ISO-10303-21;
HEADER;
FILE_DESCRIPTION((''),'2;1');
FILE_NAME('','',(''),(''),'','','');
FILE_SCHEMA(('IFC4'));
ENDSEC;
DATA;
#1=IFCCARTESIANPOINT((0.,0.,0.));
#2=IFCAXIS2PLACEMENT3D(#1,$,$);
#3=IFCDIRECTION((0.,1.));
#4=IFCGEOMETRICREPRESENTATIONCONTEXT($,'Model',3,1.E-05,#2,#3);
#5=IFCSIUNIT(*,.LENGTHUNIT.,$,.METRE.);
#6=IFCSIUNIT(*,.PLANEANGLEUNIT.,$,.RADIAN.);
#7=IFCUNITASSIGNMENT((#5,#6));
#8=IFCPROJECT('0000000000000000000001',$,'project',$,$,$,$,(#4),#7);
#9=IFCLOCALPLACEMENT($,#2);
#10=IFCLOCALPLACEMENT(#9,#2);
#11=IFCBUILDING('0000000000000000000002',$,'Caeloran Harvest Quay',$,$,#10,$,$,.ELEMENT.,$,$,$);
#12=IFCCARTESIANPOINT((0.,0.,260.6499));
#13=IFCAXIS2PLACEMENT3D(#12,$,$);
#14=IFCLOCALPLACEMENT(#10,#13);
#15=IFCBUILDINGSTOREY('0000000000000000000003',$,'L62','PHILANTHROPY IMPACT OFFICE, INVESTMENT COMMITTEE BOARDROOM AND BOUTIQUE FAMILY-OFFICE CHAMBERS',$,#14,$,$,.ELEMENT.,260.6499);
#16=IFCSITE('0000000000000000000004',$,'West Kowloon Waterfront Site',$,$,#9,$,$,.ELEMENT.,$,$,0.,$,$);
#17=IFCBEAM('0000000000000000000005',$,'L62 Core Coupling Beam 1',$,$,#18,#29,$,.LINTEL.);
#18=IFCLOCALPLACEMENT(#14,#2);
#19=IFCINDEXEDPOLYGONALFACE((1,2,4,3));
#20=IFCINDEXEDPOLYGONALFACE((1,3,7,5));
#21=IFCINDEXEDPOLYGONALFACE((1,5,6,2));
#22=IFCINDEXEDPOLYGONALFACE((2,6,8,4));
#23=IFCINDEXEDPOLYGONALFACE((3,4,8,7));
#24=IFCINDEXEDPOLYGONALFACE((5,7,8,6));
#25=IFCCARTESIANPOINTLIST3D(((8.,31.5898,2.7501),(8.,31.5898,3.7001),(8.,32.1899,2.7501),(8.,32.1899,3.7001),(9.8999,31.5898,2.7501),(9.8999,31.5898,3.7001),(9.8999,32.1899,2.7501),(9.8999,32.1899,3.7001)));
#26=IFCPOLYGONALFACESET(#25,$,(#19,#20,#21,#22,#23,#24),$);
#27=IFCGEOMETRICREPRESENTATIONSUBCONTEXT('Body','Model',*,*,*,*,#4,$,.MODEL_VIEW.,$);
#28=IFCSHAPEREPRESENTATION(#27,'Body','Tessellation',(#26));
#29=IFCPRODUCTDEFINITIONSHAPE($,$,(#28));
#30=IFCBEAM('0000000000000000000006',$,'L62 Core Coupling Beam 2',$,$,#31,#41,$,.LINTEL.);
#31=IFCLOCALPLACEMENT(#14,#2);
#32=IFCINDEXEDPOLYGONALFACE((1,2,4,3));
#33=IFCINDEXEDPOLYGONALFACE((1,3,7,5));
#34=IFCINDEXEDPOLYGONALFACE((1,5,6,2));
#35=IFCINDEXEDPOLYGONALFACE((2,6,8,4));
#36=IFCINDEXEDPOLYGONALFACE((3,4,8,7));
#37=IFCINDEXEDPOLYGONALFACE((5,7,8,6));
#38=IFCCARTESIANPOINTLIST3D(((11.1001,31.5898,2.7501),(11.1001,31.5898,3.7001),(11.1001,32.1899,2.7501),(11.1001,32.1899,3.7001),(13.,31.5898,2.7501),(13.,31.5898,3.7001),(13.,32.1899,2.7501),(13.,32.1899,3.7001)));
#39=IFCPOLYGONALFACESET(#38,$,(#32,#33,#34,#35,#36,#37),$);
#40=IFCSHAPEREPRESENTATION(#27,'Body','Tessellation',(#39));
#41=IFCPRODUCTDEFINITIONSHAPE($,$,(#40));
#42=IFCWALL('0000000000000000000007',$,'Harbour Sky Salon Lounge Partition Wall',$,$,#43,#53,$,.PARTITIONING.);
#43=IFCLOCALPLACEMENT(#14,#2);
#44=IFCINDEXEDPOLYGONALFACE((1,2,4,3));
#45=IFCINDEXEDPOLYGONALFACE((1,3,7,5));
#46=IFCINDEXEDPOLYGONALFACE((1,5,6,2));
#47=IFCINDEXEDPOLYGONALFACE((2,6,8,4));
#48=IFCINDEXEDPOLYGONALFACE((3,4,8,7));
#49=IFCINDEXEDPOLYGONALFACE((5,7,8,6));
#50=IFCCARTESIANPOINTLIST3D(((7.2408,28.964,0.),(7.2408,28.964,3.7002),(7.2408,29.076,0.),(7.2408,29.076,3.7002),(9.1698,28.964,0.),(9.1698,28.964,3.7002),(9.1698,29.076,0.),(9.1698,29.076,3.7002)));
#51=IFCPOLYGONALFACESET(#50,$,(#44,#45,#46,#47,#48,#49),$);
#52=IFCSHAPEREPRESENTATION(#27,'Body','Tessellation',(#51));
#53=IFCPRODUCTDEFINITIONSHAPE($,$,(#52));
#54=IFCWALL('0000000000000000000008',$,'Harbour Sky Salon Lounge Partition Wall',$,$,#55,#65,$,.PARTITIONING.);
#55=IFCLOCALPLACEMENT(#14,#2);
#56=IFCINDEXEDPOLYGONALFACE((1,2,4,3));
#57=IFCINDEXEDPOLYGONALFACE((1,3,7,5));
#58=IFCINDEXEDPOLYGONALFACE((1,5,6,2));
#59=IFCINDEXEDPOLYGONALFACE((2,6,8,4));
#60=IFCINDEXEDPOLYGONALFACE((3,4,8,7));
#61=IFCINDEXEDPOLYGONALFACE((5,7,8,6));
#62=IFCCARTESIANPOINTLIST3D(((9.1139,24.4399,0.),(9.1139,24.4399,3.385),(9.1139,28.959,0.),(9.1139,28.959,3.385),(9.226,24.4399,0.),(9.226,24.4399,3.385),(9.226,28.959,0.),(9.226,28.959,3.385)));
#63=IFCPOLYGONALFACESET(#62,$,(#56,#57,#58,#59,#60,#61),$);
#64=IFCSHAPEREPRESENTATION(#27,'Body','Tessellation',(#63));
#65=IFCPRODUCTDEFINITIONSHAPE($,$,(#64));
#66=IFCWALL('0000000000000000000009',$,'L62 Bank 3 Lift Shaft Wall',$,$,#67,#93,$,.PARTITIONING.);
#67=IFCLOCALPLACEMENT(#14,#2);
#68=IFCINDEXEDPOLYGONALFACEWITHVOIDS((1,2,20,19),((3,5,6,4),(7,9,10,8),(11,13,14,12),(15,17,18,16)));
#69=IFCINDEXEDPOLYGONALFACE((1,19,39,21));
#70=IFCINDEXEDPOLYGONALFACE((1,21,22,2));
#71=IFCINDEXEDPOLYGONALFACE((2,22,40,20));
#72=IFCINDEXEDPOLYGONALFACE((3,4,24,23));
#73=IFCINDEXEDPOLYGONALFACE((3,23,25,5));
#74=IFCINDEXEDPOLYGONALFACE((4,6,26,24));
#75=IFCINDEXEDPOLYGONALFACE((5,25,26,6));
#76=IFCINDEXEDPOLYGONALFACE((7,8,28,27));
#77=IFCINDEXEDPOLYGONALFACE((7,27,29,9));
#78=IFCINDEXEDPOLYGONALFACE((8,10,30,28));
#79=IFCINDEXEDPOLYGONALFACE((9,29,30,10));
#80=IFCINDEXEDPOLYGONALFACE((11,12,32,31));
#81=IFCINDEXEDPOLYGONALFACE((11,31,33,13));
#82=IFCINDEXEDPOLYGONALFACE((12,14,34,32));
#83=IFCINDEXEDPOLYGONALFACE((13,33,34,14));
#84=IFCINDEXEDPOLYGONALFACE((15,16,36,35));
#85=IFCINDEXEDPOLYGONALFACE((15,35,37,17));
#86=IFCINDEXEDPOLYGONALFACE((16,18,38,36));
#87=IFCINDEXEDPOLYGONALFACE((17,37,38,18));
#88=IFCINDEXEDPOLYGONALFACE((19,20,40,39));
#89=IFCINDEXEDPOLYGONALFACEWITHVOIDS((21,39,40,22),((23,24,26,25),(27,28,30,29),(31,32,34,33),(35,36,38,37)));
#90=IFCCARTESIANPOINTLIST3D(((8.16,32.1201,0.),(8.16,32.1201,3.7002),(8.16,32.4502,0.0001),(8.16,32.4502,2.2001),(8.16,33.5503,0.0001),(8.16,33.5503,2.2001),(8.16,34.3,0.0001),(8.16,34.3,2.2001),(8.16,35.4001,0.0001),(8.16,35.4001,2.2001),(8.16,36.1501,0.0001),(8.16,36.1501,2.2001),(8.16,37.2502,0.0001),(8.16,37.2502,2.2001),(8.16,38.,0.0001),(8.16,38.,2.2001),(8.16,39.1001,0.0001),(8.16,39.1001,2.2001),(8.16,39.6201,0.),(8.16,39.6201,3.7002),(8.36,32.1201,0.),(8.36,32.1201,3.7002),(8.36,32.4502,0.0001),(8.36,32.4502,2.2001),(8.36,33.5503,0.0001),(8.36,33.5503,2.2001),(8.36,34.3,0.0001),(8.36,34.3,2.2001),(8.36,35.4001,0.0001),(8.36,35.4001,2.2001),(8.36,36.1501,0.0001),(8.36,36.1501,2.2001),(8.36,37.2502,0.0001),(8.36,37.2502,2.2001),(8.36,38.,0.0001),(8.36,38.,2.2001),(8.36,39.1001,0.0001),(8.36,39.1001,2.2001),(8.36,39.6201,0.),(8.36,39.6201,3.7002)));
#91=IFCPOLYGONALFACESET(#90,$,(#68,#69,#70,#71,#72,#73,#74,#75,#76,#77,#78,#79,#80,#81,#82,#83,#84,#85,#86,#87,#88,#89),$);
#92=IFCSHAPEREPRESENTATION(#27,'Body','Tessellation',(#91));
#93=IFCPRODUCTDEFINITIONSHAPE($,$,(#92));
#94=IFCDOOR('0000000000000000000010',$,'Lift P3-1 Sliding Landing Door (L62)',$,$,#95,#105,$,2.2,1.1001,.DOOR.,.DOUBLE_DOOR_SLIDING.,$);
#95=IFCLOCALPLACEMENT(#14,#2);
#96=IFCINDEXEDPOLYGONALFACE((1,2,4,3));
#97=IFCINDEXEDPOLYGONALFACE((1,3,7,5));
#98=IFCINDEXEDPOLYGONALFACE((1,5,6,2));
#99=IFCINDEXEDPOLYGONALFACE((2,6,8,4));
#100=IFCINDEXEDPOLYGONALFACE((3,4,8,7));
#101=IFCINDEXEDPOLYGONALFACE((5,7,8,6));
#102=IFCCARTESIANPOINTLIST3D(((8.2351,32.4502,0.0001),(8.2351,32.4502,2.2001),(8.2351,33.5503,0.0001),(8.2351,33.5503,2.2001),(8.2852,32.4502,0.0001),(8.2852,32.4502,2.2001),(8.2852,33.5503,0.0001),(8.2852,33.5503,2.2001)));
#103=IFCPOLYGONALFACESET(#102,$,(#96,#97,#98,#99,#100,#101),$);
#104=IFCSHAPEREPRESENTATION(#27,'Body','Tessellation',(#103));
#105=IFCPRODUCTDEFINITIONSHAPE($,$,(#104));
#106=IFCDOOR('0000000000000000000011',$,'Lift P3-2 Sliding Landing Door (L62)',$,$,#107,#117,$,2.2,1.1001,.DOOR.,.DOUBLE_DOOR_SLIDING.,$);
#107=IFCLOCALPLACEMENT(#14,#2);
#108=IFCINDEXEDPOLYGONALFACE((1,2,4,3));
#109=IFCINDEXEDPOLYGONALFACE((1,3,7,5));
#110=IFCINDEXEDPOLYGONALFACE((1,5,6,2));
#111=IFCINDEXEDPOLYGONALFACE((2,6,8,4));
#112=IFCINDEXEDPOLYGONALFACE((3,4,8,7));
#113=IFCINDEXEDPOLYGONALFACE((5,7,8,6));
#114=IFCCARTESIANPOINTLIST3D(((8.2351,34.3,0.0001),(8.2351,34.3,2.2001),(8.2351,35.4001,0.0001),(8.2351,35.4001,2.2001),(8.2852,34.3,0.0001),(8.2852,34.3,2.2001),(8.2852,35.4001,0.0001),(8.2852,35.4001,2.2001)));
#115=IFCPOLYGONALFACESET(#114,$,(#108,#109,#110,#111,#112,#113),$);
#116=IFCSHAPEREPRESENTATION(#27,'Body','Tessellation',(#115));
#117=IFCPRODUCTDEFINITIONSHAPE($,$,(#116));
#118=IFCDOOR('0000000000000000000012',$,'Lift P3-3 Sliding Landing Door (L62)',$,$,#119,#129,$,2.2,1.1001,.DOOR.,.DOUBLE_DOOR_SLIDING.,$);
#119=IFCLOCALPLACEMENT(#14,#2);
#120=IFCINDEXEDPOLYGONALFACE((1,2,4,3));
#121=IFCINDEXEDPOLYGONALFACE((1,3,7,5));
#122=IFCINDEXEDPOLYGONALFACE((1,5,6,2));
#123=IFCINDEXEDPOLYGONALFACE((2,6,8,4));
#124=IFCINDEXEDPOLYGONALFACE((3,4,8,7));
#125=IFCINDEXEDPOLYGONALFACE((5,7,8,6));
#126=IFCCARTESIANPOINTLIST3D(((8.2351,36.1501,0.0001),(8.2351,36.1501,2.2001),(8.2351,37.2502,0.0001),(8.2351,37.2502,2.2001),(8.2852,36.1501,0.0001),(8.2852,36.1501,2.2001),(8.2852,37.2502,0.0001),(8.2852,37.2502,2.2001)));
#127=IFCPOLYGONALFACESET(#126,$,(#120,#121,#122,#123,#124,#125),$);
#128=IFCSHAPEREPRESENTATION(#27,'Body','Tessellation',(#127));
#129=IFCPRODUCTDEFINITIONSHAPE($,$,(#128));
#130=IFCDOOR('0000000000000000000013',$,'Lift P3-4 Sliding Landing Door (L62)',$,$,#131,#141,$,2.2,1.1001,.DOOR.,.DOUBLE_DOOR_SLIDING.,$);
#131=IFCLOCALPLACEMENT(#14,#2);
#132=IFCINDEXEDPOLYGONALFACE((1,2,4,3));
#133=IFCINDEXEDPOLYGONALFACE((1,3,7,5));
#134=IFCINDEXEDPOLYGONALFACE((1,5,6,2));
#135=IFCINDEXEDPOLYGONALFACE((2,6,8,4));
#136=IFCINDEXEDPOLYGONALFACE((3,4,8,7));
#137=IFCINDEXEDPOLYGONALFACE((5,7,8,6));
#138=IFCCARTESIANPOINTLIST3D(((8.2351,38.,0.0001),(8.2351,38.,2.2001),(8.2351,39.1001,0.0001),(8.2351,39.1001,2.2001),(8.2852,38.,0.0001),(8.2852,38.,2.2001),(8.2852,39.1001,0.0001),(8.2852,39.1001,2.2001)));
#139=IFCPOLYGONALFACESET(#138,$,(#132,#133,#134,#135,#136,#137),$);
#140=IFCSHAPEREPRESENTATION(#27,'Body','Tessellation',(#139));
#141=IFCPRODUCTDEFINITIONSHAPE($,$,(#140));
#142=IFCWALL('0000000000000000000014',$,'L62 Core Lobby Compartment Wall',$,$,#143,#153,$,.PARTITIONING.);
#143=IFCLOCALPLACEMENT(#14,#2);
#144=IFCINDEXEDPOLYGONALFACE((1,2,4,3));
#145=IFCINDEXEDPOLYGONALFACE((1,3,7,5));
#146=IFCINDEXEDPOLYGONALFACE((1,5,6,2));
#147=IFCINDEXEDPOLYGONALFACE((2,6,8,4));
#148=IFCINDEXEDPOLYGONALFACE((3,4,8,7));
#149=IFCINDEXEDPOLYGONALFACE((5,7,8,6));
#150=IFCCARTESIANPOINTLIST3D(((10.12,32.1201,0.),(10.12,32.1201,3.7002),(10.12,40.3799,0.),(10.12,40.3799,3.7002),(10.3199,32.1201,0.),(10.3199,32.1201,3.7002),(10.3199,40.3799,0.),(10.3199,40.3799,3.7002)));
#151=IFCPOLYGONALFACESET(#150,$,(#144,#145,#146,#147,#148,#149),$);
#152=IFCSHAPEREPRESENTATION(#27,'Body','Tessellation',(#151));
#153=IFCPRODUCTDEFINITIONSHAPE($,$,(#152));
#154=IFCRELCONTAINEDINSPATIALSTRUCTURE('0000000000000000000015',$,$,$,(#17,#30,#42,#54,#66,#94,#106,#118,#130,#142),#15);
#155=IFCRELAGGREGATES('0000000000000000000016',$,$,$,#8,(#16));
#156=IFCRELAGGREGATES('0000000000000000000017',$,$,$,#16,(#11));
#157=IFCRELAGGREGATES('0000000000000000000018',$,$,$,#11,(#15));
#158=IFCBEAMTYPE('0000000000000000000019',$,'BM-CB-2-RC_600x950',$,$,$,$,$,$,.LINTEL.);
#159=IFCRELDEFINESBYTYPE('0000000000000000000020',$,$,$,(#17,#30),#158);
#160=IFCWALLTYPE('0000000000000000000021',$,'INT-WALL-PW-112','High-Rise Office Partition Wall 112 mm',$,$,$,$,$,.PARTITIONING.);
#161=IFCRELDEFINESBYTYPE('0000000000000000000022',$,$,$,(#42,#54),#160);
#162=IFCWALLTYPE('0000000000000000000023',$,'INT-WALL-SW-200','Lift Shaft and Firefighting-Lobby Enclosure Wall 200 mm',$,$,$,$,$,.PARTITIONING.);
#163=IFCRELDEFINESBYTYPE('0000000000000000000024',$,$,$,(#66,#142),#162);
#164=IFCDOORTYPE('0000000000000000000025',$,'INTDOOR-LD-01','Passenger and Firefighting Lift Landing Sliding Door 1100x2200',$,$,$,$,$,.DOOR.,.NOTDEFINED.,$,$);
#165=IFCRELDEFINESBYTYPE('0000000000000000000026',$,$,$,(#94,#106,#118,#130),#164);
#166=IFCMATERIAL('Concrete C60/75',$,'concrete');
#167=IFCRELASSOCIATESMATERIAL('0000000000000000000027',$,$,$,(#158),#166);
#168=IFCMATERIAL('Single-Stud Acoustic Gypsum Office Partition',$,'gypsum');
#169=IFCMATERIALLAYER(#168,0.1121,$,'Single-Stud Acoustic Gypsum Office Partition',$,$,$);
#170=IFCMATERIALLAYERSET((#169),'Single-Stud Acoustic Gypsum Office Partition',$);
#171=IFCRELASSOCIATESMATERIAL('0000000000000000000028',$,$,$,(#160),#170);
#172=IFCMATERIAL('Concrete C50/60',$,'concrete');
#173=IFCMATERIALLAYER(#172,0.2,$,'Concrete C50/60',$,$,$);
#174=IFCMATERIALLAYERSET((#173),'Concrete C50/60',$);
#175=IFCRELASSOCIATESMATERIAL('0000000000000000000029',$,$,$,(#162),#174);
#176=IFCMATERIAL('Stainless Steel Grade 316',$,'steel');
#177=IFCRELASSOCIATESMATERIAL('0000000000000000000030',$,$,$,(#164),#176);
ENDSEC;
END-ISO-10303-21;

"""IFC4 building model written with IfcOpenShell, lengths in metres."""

from ifc_helpers import new_model, si_unit, direction, frame, frame_2d, origin, origin_2d, place, context, subcontext, project, spatial, rectangle, extrude, material, layer, layer_set, material_profile, profile_set, type_object, element, fill, save


model = new_model("IFC4")

# Units and contexts
model_context = context("Model", 3, precision=1e-05, world=origin(), true_north=direction((0.0, 1.0)))
body_context = subcontext(model_context, "Body", "Model", "MODEL_VIEW")
ifc_project = project(units=[si_unit("LENGTHUNIT", "METRE"), si_unit("PLANEANGLEUNIT", "RADIAN")], contexts=[model_context])

# Site, building, storey
site_placement = place(None, origin())
site = spatial("IfcSite", under=ifc_project, at=site_placement, Name="West Kowloon Waterfront Site", CompositionType="ELEMENT", RefElevation=0.0)
building_placement = place(site_placement, origin())
building = spatial("IfcBuilding", under=site, at=building_placement, Name="Caeloran Harvest Quay", CompositionType="ELEMENT")
storey_placement = place(building_placement, frame((0.0, 0.0, 260.6499)))
storey = spatial("IfcBuildingStorey", under=building, at=storey_placement, Name="L62", Description="PHILANTHROPY IMPACT OFFICE, INVESTMENT COMMITTEE BOARDROOM AND BOUTIQUE FAMILY-OFFICE CHAMBERS", CompositionType="ELEMENT", Elevation=260.6499)

# Beams
ifc_material_1 = material(Name="Concrete C60/75", Category="concrete")
ifc_material_profile = material_profile(ifc_material_1, rectangle(XDim=0.6001, YDim=0.95, at=origin_2d()), Name="RC 600x950")
ifc_profile_set = profile_set([ifc_material_profile], Name="Concrete C60/75")
beam_type = type_object("IfcBeamType", Name="BM-CB-2-RC_600x950", PredefinedType="LINTEL", material=ifc_profile_set)
for number, where, z_axis, x_axis, name in (
    (1, (8.0, 31.8899, 3.2251), (1.0, 0.0, 0.0), (0.0, 1.0, 0.0), "L62 Core Coupling Beam 1"),
    (2, (11.1001, 31.8899, 3.2251), (1.0, 0.0, 0.0), (0.0, 1.0, 0.0), "L62 Core Coupling Beam 2"),
):
    element("IfcBeam", number, at=place(storey_placement, frame(where, z_axis=z_axis, x_axis=x_axis)), inside=storey, type_object=beam_type, Name=name, PredefinedType="LINTEL", context=body_context, shape_type="SweptSolid", body=[
        extrude(rectangle(XDim=0.6001, YDim=0.95, at=origin_2d()), origin(), (0.0, 0.0, 1.0), 1.8999),
    ])

# Walls
ifc_material_2 = material(Name="Single-Stud Acoustic Gypsum Office Partition", Category="gypsum")
ifc_layer_1 = layer(ifc_material_2, 0.1121, Name="Single-Stud Acoustic Gypsum Office Partition")
ifc_layer_set_1 = layer_set([ifc_layer_1], Name="Single-Stud Acoustic Gypsum Office Partition")
wall_type_1 = type_object("IfcWallType", Name="INT-WALL-PW-112", Description="High-Rise Office Partition Wall 112 mm", PredefinedType="PARTITIONING", material=ifc_layer_set_1)
wall_1_placement = place(storey_placement, frame((7.241, 29.02, 0.0), z_axis=(0.0, 0.0, 1.0), x_axis=(1.0, 0.0, 0.0)))
element("IfcWall", 3, at=wall_1_placement, inside=storey, type_object=wall_type_1, Name="Harbour Sky Salon Lounge Partition Wall", PredefinedType="PARTITIONING", context=body_context, shape_type="SweptSolid", body=[
    extrude(rectangle(XDim=1.929, YDim=0.1121, at=frame_2d((0.9644, 0.0))), origin(), (0.0, 0.0, 1.0), 3.7002),
])
wall_2_placement = place(storey_placement, frame((9.1699, 28.959, 0.0), z_axis=(0.0, 0.0, 1.0), x_axis=(0.0, -1.0, 0.0)))
element("IfcWall", 4, at=wall_2_placement, inside=storey, type_object=wall_type_1, Name="Harbour Sky Salon Lounge Partition Wall", PredefinedType="PARTITIONING", context=body_context, shape_type="SweptSolid", body=[
    extrude(rectangle(XDim=4.519, YDim=0.1121, at=frame_2d((2.2595, 0.0))), origin(), (0.0, 0.0, 1.0), 3.385),
])

# Wall, openings, doors
ifc_material_3 = material(Name="Concrete C50/60", Category="concrete")
ifc_layer_2 = layer(ifc_material_3, 0.2, Name="Concrete C50/60")
ifc_layer_set_2 = layer_set([ifc_layer_2], Name="Concrete C50/60")
wall_type_2 = type_object("IfcWallType", Name="INT-WALL-SW-200", Description="Lift Shaft and Firefighting-Lobby Enclosure Wall 200 mm", PredefinedType="PARTITIONING", material=ifc_layer_set_2)
wall_3_placement = place(storey_placement, frame((8.26, 32.1201, 0.0), z_axis=(0.0, 0.0, 1.0), x_axis=(0.0, 1.0, 0.0)))
wall_3 = element("IfcWall", 5, at=wall_3_placement, inside=storey, type_object=wall_type_2, Name="L62 Bank 3 Lift Shaft Wall", PredefinedType="PARTITIONING", context=body_context, shape_type="SweptSolid", body=[
    extrude(rectangle(XDim=7.5, YDim=0.2, at=frame_2d((3.75, 0.0))), origin(), (0.0, 0.0, 1.0), 3.7002),
])
opening_1_placement = place(wall_3_placement, frame((0.3301, 0.0, 0.0)))
opening_1 = element("IfcOpeningElement", 6, at=opening_1_placement, cuts=wall_3, PredefinedType="OPENING", context=body_context, shape_type="SweptSolid", body=[
    extrude(rectangle(XDim=1.1001, YDim=2.2, at=frame_2d((0.55, 1.1001))), frame((0.0, 0.1099, 0.0), z_axis=(0.0, -1.0, 0.0), x_axis=(1.0, 0.0, 0.0)), (0.0, 0.0, 1.0), 0.22),
])
opening_2_placement = place(wall_3_placement, frame((2.1799, 0.0, 0.0)))
opening_2 = element("IfcOpeningElement", 7, at=opening_2_placement, cuts=wall_3, PredefinedType="OPENING", context=body_context, shape_type="SweptSolid", body=[
    extrude(rectangle(XDim=1.1001, YDim=2.2, at=frame_2d((0.55, 1.1001))), frame((0.0, 0.1099, 0.0), z_axis=(0.0, -1.0, 0.0), x_axis=(1.0, 0.0, 0.0)), (0.0, 0.0, 1.0), 0.22),
])
opening_3_placement = place(wall_3_placement, frame((4.03, 0.0, 0.0)))
opening_3 = element("IfcOpeningElement", 8, at=opening_3_placement, cuts=wall_3, PredefinedType="OPENING", context=body_context, shape_type="SweptSolid", body=[
    extrude(rectangle(XDim=1.1001, YDim=2.2, at=frame_2d((0.55, 1.1001))), frame((0.0, 0.1099, 0.0), z_axis=(0.0, -1.0, 0.0), x_axis=(1.0, 0.0, 0.0)), (0.0, 0.0, 1.0), 0.22),
])
opening_4_placement = place(wall_3_placement, frame((5.8799, 0.0, 0.0)))
opening_4 = element("IfcOpeningElement", 9, at=opening_4_placement, cuts=wall_3, PredefinedType="OPENING", context=body_context, shape_type="SweptSolid", body=[
    extrude(rectangle(XDim=1.1001, YDim=2.2, at=frame_2d((0.55, 1.1001))), frame((0.0, 0.1099, 0.0), z_axis=(0.0, -1.0, 0.0), x_axis=(1.0, 0.0, 0.0)), (0.0, 0.0, 1.0), 0.22),
])
ifc_material_4 = material(Name="Stainless Steel Grade 316", Category="steel")
door_type_1 = type_object("IfcDoorType", Name="INTDOOR-LD-01", Description="Passenger and Firefighting Lift Landing Sliding Door 1100x2200", OperationType="NOTDEFINED", PredefinedType="DOOR", material=ifc_material_4)
door_1_placement = place(opening_1_placement, origin())
door_1 = element("IfcDoor", 10, at=door_1_placement, inside=storey, type_object=door_type_1, Name="Lift P3-1 Sliding Landing Door (L62)", OperationType="DOUBLE_DOOR_SLIDING", OverallHeight=2.2, OverallWidth=1.1001, PredefinedType="DOOR", context=body_context, shape_type="SweptSolid", body=[
    extrude(rectangle(XDim=1.1001, YDim=2.2, at=frame_2d((0.55, 1.1001))), frame((0.0, 0.0249, 0.0), z_axis=(0.0, -1.0, 0.0), x_axis=(1.0, 0.0, 0.0)), (0.0, 0.0, 1.0), 0.05),
])
fill(opening_1, door_1)
door_2_placement = place(opening_2_placement, origin())
door_2 = element("IfcDoor", 11, at=door_2_placement, inside=storey, type_object=door_type_1, Name="Lift P3-2 Sliding Landing Door (L62)", OperationType="DOUBLE_DOOR_SLIDING", OverallHeight=2.2, OverallWidth=1.1001, PredefinedType="DOOR", context=body_context, shape_type="SweptSolid", body=[
    extrude(rectangle(XDim=1.1001, YDim=2.2, at=frame_2d((0.55, 1.1001))), frame((0.0, 0.0249, 0.0), z_axis=(0.0, -1.0, 0.0), x_axis=(1.0, 0.0, 0.0)), (0.0, 0.0, 1.0), 0.05),
])
fill(opening_2, door_2)
door_3_placement = place(opening_3_placement, origin())
door_3 = element("IfcDoor", 12, at=door_3_placement, inside=storey, type_object=door_type_1, Name="Lift P3-3 Sliding Landing Door (L62)", OperationType="DOUBLE_DOOR_SLIDING", OverallHeight=2.2, OverallWidth=1.1001, PredefinedType="DOOR", context=body_context, shape_type="SweptSolid", body=[
    extrude(rectangle(XDim=1.1001, YDim=2.2, at=frame_2d((0.55, 1.1001))), frame((0.0, 0.0249, 0.0), z_axis=(0.0, -1.0, 0.0), x_axis=(1.0, 0.0, 0.0)), (0.0, 0.0, 1.0), 0.05),
])
fill(opening_3, door_3)
door_4_placement = place(opening_4_placement, origin())
door_4 = element("IfcDoor", 13, at=door_4_placement, inside=storey, type_object=door_type_1, Name="Lift P3-4 Sliding Landing Door (L62)", OperationType="DOUBLE_DOOR_SLIDING", OverallHeight=2.2, OverallWidth=1.1001, PredefinedType="DOOR", context=body_context, shape_type="SweptSolid", body=[
    extrude(rectangle(XDim=1.1001, YDim=2.2, at=frame_2d((0.55, 1.1001))), frame((0.0, 0.0249, 0.0), z_axis=(0.0, -1.0, 0.0), x_axis=(1.0, 0.0, 0.0)), (0.0, 0.0, 1.0), 0.05),
])
fill(opening_4, door_4)

# Wall
wall_4_placement = place(storey_placement, frame((10.22, 32.1201, 0.0), z_axis=(0.0, 0.0, 1.0), x_axis=(0.0, 1.0, 0.0)))
element("IfcWall", 14, at=wall_4_placement, inside=storey, type_object=wall_type_2, Name="L62 Core Lobby Compartment Wall", PredefinedType="PARTITIONING", context=body_context, shape_type="SweptSolid", body=[
    extrude(rectangle(XDim=8.2598, YDim=0.2, at=frame_2d((4.1299, 0.0))), origin(), (0.0, 0.0, 1.0), 3.7002),
])

save(model, "model.ifc")
